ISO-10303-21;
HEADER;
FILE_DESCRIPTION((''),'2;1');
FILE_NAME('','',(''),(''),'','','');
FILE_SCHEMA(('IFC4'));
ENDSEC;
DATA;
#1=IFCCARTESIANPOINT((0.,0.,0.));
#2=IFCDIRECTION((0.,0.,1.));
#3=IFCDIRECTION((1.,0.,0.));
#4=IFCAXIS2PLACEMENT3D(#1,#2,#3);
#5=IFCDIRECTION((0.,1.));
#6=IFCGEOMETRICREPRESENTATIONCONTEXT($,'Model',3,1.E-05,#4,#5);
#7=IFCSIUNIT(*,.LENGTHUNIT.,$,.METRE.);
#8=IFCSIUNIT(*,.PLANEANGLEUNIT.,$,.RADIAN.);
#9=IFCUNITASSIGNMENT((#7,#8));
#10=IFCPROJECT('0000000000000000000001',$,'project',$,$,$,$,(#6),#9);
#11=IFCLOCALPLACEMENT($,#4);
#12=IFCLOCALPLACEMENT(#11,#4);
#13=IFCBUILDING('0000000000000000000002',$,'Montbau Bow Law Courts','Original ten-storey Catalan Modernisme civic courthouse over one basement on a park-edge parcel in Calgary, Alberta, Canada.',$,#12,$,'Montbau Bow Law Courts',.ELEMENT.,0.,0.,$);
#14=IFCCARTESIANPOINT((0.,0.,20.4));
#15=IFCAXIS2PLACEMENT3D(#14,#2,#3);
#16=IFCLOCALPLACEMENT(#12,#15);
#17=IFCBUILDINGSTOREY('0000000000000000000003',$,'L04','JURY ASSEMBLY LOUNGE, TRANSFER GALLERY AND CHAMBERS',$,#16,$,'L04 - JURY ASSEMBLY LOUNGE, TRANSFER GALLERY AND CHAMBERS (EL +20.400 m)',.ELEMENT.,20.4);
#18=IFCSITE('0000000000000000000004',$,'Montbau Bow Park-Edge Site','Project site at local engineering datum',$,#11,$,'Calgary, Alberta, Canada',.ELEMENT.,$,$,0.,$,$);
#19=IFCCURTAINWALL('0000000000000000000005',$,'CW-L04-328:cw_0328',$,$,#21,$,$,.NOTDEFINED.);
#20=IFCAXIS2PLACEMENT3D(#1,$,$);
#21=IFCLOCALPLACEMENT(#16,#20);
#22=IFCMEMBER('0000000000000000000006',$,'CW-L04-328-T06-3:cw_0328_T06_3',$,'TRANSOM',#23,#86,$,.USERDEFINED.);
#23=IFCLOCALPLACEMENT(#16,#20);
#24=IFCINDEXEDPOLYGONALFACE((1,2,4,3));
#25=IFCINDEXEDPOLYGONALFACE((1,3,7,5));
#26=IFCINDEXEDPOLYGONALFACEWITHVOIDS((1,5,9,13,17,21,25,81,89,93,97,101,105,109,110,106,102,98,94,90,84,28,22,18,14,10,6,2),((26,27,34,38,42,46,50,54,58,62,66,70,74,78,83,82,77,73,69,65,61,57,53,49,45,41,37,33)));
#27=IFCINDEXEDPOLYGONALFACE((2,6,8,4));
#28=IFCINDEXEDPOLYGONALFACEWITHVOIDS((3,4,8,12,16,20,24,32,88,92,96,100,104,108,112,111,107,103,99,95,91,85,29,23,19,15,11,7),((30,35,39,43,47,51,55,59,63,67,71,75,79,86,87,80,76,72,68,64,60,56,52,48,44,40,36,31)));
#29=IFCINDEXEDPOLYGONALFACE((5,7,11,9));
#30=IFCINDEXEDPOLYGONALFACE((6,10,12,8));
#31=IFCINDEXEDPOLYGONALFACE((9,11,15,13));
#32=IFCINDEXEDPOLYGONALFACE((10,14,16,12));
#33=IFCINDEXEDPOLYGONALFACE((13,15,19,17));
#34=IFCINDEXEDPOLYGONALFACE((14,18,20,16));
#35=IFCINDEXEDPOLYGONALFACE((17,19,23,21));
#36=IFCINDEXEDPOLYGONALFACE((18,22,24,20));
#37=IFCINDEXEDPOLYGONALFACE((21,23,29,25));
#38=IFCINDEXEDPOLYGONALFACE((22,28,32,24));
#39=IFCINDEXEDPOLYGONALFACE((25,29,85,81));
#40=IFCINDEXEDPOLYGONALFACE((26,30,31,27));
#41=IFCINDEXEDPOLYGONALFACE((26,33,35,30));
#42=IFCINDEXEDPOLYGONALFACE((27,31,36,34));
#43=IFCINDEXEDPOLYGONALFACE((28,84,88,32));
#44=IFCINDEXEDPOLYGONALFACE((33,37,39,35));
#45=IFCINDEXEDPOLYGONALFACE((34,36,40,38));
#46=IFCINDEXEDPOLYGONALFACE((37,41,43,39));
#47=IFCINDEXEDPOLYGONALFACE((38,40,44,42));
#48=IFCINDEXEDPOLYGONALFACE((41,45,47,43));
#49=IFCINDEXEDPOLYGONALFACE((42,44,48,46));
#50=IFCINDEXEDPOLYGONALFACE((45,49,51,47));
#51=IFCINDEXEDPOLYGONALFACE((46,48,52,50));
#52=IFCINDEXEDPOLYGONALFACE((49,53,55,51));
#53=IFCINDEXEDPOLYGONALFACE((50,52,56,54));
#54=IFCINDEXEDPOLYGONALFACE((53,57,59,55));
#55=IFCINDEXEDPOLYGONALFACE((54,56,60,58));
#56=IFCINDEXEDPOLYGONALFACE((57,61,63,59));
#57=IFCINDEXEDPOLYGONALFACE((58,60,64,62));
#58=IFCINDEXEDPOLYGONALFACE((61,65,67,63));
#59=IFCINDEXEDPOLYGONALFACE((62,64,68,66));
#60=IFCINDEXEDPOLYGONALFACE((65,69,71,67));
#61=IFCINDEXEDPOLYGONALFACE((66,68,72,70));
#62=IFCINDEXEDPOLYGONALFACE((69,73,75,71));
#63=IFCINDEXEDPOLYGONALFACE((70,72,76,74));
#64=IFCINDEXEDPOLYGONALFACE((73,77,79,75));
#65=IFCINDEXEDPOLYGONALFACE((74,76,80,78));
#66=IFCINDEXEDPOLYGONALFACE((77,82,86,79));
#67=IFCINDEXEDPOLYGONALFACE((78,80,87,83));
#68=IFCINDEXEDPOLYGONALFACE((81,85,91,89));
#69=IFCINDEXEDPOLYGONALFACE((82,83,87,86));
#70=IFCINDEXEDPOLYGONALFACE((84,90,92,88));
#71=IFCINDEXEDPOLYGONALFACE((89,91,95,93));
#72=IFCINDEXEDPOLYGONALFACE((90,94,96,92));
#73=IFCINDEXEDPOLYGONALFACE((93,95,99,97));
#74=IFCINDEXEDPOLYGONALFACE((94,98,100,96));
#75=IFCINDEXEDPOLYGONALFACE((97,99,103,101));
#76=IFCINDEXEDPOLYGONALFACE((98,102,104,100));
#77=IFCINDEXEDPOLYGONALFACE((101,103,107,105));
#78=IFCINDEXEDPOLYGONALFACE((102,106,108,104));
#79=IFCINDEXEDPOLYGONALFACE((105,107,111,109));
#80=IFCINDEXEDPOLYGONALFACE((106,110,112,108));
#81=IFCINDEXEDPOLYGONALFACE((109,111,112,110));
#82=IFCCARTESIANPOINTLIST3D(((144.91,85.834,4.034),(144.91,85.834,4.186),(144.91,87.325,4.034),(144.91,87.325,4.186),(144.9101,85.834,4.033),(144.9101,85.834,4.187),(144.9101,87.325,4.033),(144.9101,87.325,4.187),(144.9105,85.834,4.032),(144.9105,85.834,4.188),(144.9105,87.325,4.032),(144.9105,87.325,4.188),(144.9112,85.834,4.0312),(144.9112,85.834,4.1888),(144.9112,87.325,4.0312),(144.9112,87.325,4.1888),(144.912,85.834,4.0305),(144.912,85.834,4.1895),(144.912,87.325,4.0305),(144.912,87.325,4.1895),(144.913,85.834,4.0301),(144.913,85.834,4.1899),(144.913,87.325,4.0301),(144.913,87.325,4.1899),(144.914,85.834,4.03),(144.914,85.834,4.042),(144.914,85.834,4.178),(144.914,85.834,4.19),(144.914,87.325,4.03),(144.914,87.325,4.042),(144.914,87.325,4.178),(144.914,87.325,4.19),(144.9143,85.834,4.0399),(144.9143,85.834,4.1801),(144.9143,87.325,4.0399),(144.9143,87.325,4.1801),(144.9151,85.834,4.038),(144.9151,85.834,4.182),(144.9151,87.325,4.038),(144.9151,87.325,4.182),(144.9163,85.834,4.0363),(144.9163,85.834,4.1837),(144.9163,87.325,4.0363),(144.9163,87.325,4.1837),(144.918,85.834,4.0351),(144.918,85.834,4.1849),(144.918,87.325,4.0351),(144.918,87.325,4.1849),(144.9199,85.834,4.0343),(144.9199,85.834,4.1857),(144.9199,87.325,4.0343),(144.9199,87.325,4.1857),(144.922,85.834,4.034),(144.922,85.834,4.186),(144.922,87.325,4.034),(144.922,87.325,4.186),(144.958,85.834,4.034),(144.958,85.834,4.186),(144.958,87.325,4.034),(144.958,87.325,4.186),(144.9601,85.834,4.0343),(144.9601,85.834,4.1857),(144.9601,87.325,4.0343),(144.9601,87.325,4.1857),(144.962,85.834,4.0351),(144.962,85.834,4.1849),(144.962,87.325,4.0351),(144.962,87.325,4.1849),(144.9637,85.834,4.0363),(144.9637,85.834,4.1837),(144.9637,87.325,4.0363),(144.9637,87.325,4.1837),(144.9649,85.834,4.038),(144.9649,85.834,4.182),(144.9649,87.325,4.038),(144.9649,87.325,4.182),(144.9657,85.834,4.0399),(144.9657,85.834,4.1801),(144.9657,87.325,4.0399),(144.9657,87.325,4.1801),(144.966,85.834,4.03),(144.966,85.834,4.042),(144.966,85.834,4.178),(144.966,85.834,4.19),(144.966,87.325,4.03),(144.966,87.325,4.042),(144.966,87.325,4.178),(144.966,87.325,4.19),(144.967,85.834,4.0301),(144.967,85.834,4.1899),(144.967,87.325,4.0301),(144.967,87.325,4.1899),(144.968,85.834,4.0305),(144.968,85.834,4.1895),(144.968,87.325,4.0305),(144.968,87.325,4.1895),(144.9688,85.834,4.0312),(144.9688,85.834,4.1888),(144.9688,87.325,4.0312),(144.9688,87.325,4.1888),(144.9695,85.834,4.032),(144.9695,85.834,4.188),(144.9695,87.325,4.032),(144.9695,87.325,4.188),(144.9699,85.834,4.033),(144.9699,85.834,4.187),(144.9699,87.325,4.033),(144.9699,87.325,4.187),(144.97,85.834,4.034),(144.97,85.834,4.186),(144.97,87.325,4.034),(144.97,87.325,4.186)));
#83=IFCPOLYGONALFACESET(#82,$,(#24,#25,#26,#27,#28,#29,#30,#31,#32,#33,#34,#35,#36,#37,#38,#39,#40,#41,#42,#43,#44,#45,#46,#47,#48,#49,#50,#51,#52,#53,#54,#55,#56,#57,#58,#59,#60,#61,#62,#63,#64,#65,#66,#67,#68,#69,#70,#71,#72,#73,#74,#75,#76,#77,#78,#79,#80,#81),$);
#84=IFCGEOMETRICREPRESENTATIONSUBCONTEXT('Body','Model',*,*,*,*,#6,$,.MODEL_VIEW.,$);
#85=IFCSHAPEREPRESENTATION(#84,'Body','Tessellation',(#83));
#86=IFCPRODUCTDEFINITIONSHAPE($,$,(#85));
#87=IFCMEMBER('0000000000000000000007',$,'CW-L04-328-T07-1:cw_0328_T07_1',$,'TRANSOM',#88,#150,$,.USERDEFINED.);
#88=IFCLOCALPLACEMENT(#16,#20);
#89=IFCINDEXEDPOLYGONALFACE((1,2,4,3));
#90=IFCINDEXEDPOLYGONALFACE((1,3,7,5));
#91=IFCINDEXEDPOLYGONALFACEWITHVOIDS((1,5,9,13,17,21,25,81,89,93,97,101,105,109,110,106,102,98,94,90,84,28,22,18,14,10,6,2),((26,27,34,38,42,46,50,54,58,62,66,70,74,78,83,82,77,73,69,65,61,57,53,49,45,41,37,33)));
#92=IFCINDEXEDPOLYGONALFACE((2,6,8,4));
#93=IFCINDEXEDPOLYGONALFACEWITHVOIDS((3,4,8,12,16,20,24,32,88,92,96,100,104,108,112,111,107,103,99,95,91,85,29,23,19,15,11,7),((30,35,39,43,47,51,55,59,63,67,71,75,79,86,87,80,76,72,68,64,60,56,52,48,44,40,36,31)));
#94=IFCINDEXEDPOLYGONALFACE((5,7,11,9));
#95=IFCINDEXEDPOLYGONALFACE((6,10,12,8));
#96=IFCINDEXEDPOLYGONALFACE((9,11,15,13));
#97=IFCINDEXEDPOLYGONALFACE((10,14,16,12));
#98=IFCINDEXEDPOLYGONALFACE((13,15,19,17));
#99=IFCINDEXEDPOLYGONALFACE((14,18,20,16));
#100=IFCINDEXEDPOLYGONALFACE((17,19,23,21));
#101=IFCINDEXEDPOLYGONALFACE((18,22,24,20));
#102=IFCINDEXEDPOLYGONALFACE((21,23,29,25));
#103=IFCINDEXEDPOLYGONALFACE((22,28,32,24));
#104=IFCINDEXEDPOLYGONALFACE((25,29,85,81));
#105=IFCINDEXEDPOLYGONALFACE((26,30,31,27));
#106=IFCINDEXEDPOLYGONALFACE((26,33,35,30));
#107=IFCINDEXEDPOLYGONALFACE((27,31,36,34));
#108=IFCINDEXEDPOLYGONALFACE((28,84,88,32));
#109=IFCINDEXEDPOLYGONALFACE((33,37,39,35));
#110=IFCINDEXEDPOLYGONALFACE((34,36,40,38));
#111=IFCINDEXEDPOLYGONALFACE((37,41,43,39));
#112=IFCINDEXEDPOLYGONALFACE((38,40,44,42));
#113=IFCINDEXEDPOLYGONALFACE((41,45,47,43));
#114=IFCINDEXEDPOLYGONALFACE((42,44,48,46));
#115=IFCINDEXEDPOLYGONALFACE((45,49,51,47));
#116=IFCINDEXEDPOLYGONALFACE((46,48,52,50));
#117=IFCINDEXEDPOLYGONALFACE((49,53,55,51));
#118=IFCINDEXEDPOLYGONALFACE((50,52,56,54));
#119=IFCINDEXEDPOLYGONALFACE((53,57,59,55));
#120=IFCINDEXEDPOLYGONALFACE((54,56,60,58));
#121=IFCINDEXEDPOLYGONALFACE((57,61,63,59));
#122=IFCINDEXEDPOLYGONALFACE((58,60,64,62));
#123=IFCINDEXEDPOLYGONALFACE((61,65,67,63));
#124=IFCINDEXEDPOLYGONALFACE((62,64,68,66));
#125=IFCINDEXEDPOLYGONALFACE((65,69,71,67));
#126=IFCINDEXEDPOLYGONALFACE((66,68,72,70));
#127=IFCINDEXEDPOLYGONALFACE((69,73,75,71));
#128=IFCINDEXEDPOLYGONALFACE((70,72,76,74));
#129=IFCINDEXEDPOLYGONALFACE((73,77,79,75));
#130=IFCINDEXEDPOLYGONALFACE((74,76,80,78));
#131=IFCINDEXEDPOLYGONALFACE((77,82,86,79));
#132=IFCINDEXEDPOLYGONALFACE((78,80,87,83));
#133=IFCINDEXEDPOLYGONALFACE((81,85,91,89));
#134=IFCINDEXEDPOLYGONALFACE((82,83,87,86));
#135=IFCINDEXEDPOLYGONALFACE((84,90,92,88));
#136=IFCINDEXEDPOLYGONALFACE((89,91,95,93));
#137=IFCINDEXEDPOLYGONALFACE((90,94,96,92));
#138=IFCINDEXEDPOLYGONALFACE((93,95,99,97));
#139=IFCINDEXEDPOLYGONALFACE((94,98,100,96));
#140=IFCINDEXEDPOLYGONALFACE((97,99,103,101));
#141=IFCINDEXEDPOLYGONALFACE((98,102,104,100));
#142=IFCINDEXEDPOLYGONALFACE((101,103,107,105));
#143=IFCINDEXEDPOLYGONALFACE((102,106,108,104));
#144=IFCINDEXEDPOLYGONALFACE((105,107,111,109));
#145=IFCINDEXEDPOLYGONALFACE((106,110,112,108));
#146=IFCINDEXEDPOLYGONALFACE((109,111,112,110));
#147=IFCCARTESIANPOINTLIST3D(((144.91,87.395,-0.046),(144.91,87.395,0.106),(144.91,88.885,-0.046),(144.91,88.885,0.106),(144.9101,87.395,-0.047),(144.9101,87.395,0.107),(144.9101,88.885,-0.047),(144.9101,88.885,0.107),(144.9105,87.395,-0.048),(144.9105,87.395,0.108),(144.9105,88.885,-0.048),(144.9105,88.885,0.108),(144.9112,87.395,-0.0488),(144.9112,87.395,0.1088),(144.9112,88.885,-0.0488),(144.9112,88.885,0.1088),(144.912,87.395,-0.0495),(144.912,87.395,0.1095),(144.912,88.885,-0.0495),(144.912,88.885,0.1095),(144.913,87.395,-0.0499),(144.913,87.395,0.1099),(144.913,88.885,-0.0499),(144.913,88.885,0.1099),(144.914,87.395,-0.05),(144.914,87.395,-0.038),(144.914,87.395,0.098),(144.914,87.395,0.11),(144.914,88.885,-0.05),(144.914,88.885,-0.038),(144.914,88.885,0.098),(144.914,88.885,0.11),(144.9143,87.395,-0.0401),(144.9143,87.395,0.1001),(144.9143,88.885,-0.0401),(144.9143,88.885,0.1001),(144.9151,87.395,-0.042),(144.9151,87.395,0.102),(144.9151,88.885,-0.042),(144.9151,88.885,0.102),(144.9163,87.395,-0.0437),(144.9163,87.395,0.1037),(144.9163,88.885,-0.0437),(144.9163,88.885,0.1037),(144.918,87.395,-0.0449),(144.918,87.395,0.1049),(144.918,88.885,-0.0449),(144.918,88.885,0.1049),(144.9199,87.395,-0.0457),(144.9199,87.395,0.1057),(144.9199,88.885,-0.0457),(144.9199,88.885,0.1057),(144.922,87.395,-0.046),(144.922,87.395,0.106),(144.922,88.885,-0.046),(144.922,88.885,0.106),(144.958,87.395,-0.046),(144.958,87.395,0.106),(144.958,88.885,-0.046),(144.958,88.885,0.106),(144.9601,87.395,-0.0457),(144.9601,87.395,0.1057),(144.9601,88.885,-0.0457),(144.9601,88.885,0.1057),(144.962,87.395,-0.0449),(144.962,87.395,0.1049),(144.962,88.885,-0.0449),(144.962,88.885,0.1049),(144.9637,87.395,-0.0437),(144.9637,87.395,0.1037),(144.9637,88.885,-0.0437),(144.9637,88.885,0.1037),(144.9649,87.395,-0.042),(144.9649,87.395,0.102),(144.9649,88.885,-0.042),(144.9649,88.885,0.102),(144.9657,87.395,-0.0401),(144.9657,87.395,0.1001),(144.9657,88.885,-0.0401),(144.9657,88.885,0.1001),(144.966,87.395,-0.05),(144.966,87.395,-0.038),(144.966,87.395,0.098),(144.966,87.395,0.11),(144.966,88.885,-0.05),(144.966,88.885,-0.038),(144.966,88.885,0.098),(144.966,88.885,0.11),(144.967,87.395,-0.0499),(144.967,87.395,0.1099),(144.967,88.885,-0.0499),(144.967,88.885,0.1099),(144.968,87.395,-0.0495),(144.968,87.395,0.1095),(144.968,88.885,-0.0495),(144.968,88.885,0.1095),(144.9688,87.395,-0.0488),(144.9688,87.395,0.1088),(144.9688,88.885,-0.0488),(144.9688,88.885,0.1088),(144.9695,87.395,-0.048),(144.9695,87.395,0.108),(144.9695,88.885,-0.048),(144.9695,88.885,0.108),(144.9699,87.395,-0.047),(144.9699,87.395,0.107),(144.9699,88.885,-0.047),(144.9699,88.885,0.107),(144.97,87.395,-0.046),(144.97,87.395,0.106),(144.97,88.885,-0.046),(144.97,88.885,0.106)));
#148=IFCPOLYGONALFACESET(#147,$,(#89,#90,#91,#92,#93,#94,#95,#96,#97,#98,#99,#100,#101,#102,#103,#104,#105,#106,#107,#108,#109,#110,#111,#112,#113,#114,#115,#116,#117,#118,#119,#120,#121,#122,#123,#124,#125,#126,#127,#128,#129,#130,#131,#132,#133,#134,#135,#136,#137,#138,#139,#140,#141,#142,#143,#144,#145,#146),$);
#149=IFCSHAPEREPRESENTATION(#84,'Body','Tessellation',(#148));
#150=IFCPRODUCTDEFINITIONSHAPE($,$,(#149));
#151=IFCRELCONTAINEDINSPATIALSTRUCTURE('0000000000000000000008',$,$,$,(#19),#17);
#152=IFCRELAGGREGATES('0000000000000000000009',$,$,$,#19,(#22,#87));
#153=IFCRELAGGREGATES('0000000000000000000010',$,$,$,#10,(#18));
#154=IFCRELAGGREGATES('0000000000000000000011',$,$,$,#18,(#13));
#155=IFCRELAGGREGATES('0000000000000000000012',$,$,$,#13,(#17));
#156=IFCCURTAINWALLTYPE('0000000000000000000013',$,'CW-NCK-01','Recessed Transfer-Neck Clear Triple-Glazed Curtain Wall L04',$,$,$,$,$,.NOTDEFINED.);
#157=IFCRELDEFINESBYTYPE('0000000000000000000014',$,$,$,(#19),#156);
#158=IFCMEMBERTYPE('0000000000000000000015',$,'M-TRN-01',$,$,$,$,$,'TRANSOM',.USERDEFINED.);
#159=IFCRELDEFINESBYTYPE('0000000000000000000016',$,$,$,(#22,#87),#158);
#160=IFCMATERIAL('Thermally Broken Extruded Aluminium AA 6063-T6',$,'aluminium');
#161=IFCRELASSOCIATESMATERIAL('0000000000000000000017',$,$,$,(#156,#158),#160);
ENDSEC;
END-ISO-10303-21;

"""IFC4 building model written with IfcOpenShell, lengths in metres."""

from ifc_helpers import new_model, si_unit, direction, frame, origin_with_axes, origin_2d_with_axis, place, context, subcontext, project, spatial, hollow_rectangle, extrude, material, material_profile, profile_set, type_object, element, aggregate, save


model = new_model("IFC4")

# Units and contexts
model_context = context("Model", 3, precision=1e-05, world=origin_with_axes(), true_north=direction((0.0, 1.0)))
body_context = subcontext(model_context, "Body", "Model", "MODEL_VIEW")
ifc_project = project(units=[si_unit("LENGTHUNIT", "METRE"), si_unit("PLANEANGLEUNIT", "RADIAN")], contexts=[model_context])

# Site, building, storey
site_placement = place(None, origin_with_axes())
site = spatial("IfcSite", under=ifc_project, at=site_placement, Name="Montbau Bow Park-Edge Site", Description="Project site at local engineering datum", LongName="Calgary, Alberta, Canada", CompositionType="ELEMENT", RefElevation=0.0)
building_placement = place(site_placement, origin_with_axes())
building = spatial("IfcBuilding", under=site, at=building_placement, Name="Montbau Bow Law Courts", Description="Original ten-storey Catalan Modernisme civic courthouse over one basement on a park-edge parcel in Calgary, Alberta, Canada.", LongName="Montbau Bow Law Courts", CompositionType="ELEMENT", ElevationOfRefHeight=0.0, ElevationOfTerrain=0.0)
storey_placement = place(building_placement, frame((0.0, 0.0, 20.4), z_axis=(0.0, 0.0, 1.0), x_axis=(1.0, 0.0, 0.0)))
storey = spatial("IfcBuildingStorey", under=building, at=storey_placement, Name="L04", Description="JURY ASSEMBLY LOUNGE, TRANSFER GALLERY AND CHAMBERS", LongName="L04 - JURY ASSEMBLY LOUNGE, TRANSFER GALLERY AND CHAMBERS (EL +20.400 m)", CompositionType="ELEMENT", Elevation=20.4)

# Curtain wall, members
ifc_material_1 = material(Name="Thermally Broken Extruded Aluminium AA 6063-T6", Category="aluminium")
curtain_wall_type = type_object("IfcCurtainWallType", Name="CW-NCK-01", Description="Recessed Transfer-Neck Clear Triple-Glazed Curtain Wall L04", PredefinedType="NOTDEFINED", material=ifc_material_1)
curtain_wall_placement = place(None, frame((144.94, 78.0, 20.4), z_axis=(0.0, 0.0, 1.0), x_axis=(1.0, 0.0, 0.0)))
curtain_wall = element("IfcCurtainWall", 1, at=curtain_wall_placement, inside=storey, type_object=curtain_wall_type, Name="CW-L04-328:cw_0328", PredefinedType="NOTDEFINED")
ifc_material_profile_1 = material_profile(ifc_material_1, hollow_rectangle(XDim=0.06, YDim=0.16, WallThickness=0.004, InnerFilletRadius=0.008, OuterFilletRadius=0.004, at=origin_2d_with_axis()), Name="CWT-160X60", Category="Main", Priority=0)
ifc_profile_set_1 = profile_set([ifc_material_profile_1], Name="Thermally Broken Extruded Aluminium AA 6063-T6")
member_type_1 = type_object("IfcMemberType", Name="M-TRN-01", ElementType="TRANSOM", PredefinedType="USERDEFINED", material=ifc_profile_set_1)
member_1_placement = place(None, frame((144.94, 85.834, 24.51), z_axis=(0.0, 1.0, 0.0), x_axis=(-1.0, 0.0, 0.0)))
member_1 = element("IfcMember", 2, at=member_1_placement, type_object=member_type_1, Name="CW-L04-328-T06-3:cw_0328_T06_3", ObjectType="TRANSOM", PredefinedType="USERDEFINED", context=body_context, shape_type="SweptSolid", body=[
    extrude(hollow_rectangle(XDim=0.06, YDim=0.16, WallThickness=0.004, InnerFilletRadius=0.008, OuterFilletRadius=0.004, at=origin_2d_with_axis()), origin_with_axes(), (0.0, 0.0, 1.0), 1.491),
])
member_2_placement = place(None, frame((144.94, 87.395, 20.43), z_axis=(0.0, 1.0, 0.0), x_axis=(-1.0, 0.0, 0.0)))
member_2 = element("IfcMember", 3, at=member_2_placement, type_object=member_type_1, Name="CW-L04-328-T07-1:cw_0328_T07_1", ObjectType="TRANSOM", PredefinedType="USERDEFINED", context=body_context, shape_type="SweptSolid", body=[
    extrude(hollow_rectangle(XDim=0.06, YDim=0.16, WallThickness=0.004, InnerFilletRadius=0.008, OuterFilletRadius=0.004, at=origin_2d_with_axis()), origin_with_axes(), (0.0, 0.0, 1.0), 1.49),
])
aggregate(curtain_wall, [member_1, member_2])

save(model, "model.ifc")
